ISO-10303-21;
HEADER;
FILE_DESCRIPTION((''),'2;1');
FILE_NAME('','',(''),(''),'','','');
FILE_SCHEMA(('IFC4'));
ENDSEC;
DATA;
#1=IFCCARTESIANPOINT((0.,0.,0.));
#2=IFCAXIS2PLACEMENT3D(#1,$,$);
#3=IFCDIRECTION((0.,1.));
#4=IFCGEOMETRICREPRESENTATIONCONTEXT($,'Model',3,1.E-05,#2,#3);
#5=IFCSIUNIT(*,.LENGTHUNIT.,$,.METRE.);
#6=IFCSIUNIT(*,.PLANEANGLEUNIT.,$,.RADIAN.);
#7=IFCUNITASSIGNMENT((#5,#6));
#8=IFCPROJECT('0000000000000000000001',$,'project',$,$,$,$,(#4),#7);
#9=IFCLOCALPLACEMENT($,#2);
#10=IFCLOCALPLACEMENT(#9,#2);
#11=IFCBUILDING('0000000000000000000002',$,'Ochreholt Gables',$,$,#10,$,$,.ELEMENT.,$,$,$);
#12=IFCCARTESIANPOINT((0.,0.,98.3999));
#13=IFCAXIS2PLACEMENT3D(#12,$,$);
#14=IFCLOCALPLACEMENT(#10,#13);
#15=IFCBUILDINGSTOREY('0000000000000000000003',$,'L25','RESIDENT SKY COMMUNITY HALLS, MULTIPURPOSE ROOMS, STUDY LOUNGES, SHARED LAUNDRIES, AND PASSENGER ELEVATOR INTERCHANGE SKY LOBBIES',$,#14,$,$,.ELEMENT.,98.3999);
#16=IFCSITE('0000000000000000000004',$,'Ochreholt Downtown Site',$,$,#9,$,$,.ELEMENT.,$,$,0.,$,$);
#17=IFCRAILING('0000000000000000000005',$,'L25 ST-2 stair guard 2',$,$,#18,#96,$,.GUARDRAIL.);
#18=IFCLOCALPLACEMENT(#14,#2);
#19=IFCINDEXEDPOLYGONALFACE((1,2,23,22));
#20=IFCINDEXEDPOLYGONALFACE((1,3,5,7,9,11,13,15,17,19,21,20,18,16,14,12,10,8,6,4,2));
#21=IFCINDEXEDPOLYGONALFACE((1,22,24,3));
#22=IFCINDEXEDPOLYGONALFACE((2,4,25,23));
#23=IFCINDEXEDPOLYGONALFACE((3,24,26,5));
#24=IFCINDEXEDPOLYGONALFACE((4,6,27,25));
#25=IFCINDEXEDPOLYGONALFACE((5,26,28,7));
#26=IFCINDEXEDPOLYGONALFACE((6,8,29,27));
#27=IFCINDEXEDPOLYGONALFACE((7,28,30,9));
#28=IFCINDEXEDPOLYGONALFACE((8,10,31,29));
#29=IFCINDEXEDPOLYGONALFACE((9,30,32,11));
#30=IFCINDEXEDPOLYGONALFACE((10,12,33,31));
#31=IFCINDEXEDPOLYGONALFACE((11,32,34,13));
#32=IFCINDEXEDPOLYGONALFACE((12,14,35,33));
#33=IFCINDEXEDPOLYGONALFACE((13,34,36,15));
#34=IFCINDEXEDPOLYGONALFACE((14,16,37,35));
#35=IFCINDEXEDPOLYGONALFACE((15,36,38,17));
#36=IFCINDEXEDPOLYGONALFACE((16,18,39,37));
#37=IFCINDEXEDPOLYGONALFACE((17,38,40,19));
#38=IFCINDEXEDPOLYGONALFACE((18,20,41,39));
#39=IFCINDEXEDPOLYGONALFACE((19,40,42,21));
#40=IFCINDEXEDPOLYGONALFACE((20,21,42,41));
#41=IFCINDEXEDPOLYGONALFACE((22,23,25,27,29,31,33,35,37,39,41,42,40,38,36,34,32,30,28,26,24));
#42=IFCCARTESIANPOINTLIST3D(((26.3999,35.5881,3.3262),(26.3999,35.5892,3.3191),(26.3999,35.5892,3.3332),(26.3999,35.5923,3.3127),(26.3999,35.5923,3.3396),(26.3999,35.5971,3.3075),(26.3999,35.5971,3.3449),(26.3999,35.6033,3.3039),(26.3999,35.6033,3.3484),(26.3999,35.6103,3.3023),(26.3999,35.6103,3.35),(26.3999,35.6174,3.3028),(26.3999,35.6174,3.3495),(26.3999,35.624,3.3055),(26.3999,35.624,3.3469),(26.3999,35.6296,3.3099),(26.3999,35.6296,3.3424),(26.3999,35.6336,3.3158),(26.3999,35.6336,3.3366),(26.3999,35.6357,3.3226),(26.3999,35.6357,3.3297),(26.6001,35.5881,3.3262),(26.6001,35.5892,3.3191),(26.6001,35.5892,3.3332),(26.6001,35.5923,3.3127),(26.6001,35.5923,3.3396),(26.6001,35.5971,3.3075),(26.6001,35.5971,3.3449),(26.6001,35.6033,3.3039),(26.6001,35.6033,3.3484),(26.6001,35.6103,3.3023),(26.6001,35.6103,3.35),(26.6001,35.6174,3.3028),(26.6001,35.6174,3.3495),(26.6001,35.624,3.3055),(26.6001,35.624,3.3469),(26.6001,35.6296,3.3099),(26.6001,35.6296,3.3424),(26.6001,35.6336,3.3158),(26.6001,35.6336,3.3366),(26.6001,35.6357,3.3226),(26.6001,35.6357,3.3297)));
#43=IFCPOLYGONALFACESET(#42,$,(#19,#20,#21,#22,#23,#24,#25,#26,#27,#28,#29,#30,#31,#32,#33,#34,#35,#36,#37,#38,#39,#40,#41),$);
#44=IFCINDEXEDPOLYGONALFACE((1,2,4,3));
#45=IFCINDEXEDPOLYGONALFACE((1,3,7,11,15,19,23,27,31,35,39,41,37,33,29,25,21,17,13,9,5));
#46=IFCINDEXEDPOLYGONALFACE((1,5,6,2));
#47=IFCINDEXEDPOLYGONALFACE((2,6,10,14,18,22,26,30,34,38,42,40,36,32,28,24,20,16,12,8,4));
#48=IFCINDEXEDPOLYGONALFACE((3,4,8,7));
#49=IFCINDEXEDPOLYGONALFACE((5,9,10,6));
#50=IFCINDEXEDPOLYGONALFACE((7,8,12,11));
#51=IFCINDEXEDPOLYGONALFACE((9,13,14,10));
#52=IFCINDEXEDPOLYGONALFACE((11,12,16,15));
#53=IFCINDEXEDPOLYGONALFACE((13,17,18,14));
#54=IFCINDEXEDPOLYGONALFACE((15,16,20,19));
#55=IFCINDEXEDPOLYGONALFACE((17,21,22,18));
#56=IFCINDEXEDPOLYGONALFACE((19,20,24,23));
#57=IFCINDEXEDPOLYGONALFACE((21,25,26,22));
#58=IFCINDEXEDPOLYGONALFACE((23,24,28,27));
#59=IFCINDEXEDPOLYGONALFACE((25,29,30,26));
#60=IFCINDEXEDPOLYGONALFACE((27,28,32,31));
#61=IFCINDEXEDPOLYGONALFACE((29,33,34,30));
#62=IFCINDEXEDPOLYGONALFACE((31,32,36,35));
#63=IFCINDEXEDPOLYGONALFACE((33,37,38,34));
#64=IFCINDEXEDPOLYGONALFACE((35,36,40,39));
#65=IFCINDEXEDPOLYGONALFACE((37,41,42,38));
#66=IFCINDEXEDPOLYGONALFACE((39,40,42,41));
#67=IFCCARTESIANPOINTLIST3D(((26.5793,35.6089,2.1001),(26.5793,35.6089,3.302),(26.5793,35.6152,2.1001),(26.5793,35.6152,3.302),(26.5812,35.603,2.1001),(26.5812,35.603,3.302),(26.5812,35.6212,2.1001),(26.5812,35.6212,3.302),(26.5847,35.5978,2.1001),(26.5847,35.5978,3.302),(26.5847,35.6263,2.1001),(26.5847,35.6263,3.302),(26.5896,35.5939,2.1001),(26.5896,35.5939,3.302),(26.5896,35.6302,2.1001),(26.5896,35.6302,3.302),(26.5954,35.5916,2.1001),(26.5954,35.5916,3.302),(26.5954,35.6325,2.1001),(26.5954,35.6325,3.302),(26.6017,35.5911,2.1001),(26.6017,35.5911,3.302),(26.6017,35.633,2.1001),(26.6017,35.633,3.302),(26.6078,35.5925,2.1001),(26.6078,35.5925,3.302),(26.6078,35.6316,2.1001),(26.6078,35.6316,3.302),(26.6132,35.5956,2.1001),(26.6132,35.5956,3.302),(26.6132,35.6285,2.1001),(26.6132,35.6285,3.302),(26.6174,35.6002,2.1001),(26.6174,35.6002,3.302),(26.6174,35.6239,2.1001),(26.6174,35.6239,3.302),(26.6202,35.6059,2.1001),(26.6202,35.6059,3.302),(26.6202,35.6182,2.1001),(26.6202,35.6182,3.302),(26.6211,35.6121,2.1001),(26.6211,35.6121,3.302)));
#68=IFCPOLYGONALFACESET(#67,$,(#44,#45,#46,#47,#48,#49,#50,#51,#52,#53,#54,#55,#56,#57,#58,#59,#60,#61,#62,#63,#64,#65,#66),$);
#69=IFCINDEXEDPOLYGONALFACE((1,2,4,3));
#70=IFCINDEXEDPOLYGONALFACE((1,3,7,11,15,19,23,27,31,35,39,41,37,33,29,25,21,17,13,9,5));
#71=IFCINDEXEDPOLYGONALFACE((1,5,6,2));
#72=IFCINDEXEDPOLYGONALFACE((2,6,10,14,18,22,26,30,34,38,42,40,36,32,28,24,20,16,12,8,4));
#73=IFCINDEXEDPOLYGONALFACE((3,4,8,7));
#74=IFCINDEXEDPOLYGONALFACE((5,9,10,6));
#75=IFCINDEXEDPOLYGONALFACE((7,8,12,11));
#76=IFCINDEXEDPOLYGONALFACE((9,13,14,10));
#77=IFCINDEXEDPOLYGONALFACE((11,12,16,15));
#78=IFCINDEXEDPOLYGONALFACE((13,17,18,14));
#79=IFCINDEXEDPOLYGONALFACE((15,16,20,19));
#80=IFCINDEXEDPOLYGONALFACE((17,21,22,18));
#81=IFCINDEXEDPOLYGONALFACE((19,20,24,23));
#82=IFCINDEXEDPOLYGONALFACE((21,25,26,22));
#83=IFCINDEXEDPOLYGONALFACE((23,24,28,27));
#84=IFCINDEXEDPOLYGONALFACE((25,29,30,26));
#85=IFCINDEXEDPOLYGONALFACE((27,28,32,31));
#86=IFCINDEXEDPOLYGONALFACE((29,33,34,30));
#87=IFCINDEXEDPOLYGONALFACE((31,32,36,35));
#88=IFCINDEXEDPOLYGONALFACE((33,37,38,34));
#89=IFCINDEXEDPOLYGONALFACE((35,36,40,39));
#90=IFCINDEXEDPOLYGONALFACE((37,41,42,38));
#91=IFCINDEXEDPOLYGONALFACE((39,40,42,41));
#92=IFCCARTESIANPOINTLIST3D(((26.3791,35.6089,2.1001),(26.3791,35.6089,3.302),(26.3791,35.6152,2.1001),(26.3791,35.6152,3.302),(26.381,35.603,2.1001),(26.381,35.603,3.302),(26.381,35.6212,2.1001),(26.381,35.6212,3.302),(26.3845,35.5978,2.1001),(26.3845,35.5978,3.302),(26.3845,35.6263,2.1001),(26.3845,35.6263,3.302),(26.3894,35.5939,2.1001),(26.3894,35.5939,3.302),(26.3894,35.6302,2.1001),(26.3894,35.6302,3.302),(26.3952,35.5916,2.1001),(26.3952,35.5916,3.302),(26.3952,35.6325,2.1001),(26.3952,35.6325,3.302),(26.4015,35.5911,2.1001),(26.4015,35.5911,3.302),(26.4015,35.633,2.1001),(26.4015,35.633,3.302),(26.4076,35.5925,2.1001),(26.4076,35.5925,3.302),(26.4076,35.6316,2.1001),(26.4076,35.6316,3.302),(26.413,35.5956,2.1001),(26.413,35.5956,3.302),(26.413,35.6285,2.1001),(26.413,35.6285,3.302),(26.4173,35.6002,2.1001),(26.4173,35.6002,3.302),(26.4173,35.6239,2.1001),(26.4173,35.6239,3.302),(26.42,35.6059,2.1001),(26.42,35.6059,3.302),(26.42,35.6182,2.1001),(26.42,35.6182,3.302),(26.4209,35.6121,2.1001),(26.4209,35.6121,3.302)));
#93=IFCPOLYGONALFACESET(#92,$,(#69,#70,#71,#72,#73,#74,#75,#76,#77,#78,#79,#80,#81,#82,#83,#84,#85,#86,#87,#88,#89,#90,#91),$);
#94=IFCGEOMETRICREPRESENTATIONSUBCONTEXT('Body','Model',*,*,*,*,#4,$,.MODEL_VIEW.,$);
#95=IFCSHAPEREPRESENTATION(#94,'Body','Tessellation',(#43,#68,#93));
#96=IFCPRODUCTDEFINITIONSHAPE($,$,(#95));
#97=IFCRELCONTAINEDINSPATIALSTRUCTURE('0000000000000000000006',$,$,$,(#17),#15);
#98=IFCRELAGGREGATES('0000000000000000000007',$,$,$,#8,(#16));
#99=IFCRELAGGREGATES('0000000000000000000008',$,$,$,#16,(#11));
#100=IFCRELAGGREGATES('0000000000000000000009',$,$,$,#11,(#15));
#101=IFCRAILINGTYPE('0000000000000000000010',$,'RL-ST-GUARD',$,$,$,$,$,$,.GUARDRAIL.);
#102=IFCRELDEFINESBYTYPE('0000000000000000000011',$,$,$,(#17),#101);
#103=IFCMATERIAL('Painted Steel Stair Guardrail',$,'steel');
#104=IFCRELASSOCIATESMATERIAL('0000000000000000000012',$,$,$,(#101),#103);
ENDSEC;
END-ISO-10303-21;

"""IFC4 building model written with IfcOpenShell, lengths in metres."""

from ifc_helpers import new_model, si_unit, direction, frame, origin, origin_2d, place, context, subcontext, project, spatial, circle, extrude, material, type_object, element, save


model = new_model("IFC4")

# Units and contexts
model_context = context("Model", 3, precision=1e-05, world=origin(), true_north=direction((0.0, 1.0)))
body_context = subcontext(model_context, "Body", "Model", "MODEL_VIEW")
ifc_project = project(units=[si_unit("LENGTHUNIT", "METRE"), si_unit("PLANEANGLEUNIT", "RADIAN")], contexts=[model_context])

# Site, building, storey
site_placement = place(None, origin())
site = spatial("IfcSite", under=ifc_project, at=site_placement, Name="Ochreholt Downtown Site", CompositionType="ELEMENT", RefElevation=0.0)
building_placement = place(site_placement, origin())
building = spatial("IfcBuilding", under=site, at=building_placement, Name="Ochreholt Gables", CompositionType="ELEMENT")
storey_placement = place(building_placement, frame((0.0, 0.0, 98.3999)))
storey = spatial("IfcBuildingStorey", under=building, at=storey_placement, Name="L25", Description="RESIDENT SKY COMMUNITY HALLS, MULTIPURPOSE ROOMS, STUDY LOUNGES, SHARED LAUNDRIES, AND PASSENGER ELEVATOR INTERCHANGE SKY LOBBIES", CompositionType="ELEMENT", Elevation=98.3999)

# Railing
ifc_material_1 = material(Name="Painted Steel Stair Guardrail", Category="steel")
railing_type_1 = type_object("IfcRailingType", Name="RL-ST-GUARD", PredefinedType="GUARDRAIL", material=ifc_material_1)
railing_1_placement = place(storey_placement, frame((26.6001, 35.6121, 2.1001)))
element("IfcRailing", 1, at=railing_1_placement, inside=storey, type_object=railing_type_1, Name="L25 ST-2 stair guard 2", PredefinedType="GUARDRAIL", context=body_context, shape_type="SweptSolid", body=[
    extrude(circle(Radius=0.0239, at=origin_2d()), frame((0.0, 0.0, 1.2261), z_axis=(-1.0, 0.0, 0.0), x_axis=(0.0, -1.0, 0.0)), (0.0, 0.0, 1.0), 0.2002),
    extrude(circle(Radius=0.021, at=origin_2d()), origin(), (0.0, 0.0, 1.0), 1.2019),
    extrude(circle(Radius=0.021, at=origin_2d()), frame((-0.2002, 0.0, 0.0)), (0.0, 0.0, 1.0), 1.2019),
])

save(model, "model.ifc")
